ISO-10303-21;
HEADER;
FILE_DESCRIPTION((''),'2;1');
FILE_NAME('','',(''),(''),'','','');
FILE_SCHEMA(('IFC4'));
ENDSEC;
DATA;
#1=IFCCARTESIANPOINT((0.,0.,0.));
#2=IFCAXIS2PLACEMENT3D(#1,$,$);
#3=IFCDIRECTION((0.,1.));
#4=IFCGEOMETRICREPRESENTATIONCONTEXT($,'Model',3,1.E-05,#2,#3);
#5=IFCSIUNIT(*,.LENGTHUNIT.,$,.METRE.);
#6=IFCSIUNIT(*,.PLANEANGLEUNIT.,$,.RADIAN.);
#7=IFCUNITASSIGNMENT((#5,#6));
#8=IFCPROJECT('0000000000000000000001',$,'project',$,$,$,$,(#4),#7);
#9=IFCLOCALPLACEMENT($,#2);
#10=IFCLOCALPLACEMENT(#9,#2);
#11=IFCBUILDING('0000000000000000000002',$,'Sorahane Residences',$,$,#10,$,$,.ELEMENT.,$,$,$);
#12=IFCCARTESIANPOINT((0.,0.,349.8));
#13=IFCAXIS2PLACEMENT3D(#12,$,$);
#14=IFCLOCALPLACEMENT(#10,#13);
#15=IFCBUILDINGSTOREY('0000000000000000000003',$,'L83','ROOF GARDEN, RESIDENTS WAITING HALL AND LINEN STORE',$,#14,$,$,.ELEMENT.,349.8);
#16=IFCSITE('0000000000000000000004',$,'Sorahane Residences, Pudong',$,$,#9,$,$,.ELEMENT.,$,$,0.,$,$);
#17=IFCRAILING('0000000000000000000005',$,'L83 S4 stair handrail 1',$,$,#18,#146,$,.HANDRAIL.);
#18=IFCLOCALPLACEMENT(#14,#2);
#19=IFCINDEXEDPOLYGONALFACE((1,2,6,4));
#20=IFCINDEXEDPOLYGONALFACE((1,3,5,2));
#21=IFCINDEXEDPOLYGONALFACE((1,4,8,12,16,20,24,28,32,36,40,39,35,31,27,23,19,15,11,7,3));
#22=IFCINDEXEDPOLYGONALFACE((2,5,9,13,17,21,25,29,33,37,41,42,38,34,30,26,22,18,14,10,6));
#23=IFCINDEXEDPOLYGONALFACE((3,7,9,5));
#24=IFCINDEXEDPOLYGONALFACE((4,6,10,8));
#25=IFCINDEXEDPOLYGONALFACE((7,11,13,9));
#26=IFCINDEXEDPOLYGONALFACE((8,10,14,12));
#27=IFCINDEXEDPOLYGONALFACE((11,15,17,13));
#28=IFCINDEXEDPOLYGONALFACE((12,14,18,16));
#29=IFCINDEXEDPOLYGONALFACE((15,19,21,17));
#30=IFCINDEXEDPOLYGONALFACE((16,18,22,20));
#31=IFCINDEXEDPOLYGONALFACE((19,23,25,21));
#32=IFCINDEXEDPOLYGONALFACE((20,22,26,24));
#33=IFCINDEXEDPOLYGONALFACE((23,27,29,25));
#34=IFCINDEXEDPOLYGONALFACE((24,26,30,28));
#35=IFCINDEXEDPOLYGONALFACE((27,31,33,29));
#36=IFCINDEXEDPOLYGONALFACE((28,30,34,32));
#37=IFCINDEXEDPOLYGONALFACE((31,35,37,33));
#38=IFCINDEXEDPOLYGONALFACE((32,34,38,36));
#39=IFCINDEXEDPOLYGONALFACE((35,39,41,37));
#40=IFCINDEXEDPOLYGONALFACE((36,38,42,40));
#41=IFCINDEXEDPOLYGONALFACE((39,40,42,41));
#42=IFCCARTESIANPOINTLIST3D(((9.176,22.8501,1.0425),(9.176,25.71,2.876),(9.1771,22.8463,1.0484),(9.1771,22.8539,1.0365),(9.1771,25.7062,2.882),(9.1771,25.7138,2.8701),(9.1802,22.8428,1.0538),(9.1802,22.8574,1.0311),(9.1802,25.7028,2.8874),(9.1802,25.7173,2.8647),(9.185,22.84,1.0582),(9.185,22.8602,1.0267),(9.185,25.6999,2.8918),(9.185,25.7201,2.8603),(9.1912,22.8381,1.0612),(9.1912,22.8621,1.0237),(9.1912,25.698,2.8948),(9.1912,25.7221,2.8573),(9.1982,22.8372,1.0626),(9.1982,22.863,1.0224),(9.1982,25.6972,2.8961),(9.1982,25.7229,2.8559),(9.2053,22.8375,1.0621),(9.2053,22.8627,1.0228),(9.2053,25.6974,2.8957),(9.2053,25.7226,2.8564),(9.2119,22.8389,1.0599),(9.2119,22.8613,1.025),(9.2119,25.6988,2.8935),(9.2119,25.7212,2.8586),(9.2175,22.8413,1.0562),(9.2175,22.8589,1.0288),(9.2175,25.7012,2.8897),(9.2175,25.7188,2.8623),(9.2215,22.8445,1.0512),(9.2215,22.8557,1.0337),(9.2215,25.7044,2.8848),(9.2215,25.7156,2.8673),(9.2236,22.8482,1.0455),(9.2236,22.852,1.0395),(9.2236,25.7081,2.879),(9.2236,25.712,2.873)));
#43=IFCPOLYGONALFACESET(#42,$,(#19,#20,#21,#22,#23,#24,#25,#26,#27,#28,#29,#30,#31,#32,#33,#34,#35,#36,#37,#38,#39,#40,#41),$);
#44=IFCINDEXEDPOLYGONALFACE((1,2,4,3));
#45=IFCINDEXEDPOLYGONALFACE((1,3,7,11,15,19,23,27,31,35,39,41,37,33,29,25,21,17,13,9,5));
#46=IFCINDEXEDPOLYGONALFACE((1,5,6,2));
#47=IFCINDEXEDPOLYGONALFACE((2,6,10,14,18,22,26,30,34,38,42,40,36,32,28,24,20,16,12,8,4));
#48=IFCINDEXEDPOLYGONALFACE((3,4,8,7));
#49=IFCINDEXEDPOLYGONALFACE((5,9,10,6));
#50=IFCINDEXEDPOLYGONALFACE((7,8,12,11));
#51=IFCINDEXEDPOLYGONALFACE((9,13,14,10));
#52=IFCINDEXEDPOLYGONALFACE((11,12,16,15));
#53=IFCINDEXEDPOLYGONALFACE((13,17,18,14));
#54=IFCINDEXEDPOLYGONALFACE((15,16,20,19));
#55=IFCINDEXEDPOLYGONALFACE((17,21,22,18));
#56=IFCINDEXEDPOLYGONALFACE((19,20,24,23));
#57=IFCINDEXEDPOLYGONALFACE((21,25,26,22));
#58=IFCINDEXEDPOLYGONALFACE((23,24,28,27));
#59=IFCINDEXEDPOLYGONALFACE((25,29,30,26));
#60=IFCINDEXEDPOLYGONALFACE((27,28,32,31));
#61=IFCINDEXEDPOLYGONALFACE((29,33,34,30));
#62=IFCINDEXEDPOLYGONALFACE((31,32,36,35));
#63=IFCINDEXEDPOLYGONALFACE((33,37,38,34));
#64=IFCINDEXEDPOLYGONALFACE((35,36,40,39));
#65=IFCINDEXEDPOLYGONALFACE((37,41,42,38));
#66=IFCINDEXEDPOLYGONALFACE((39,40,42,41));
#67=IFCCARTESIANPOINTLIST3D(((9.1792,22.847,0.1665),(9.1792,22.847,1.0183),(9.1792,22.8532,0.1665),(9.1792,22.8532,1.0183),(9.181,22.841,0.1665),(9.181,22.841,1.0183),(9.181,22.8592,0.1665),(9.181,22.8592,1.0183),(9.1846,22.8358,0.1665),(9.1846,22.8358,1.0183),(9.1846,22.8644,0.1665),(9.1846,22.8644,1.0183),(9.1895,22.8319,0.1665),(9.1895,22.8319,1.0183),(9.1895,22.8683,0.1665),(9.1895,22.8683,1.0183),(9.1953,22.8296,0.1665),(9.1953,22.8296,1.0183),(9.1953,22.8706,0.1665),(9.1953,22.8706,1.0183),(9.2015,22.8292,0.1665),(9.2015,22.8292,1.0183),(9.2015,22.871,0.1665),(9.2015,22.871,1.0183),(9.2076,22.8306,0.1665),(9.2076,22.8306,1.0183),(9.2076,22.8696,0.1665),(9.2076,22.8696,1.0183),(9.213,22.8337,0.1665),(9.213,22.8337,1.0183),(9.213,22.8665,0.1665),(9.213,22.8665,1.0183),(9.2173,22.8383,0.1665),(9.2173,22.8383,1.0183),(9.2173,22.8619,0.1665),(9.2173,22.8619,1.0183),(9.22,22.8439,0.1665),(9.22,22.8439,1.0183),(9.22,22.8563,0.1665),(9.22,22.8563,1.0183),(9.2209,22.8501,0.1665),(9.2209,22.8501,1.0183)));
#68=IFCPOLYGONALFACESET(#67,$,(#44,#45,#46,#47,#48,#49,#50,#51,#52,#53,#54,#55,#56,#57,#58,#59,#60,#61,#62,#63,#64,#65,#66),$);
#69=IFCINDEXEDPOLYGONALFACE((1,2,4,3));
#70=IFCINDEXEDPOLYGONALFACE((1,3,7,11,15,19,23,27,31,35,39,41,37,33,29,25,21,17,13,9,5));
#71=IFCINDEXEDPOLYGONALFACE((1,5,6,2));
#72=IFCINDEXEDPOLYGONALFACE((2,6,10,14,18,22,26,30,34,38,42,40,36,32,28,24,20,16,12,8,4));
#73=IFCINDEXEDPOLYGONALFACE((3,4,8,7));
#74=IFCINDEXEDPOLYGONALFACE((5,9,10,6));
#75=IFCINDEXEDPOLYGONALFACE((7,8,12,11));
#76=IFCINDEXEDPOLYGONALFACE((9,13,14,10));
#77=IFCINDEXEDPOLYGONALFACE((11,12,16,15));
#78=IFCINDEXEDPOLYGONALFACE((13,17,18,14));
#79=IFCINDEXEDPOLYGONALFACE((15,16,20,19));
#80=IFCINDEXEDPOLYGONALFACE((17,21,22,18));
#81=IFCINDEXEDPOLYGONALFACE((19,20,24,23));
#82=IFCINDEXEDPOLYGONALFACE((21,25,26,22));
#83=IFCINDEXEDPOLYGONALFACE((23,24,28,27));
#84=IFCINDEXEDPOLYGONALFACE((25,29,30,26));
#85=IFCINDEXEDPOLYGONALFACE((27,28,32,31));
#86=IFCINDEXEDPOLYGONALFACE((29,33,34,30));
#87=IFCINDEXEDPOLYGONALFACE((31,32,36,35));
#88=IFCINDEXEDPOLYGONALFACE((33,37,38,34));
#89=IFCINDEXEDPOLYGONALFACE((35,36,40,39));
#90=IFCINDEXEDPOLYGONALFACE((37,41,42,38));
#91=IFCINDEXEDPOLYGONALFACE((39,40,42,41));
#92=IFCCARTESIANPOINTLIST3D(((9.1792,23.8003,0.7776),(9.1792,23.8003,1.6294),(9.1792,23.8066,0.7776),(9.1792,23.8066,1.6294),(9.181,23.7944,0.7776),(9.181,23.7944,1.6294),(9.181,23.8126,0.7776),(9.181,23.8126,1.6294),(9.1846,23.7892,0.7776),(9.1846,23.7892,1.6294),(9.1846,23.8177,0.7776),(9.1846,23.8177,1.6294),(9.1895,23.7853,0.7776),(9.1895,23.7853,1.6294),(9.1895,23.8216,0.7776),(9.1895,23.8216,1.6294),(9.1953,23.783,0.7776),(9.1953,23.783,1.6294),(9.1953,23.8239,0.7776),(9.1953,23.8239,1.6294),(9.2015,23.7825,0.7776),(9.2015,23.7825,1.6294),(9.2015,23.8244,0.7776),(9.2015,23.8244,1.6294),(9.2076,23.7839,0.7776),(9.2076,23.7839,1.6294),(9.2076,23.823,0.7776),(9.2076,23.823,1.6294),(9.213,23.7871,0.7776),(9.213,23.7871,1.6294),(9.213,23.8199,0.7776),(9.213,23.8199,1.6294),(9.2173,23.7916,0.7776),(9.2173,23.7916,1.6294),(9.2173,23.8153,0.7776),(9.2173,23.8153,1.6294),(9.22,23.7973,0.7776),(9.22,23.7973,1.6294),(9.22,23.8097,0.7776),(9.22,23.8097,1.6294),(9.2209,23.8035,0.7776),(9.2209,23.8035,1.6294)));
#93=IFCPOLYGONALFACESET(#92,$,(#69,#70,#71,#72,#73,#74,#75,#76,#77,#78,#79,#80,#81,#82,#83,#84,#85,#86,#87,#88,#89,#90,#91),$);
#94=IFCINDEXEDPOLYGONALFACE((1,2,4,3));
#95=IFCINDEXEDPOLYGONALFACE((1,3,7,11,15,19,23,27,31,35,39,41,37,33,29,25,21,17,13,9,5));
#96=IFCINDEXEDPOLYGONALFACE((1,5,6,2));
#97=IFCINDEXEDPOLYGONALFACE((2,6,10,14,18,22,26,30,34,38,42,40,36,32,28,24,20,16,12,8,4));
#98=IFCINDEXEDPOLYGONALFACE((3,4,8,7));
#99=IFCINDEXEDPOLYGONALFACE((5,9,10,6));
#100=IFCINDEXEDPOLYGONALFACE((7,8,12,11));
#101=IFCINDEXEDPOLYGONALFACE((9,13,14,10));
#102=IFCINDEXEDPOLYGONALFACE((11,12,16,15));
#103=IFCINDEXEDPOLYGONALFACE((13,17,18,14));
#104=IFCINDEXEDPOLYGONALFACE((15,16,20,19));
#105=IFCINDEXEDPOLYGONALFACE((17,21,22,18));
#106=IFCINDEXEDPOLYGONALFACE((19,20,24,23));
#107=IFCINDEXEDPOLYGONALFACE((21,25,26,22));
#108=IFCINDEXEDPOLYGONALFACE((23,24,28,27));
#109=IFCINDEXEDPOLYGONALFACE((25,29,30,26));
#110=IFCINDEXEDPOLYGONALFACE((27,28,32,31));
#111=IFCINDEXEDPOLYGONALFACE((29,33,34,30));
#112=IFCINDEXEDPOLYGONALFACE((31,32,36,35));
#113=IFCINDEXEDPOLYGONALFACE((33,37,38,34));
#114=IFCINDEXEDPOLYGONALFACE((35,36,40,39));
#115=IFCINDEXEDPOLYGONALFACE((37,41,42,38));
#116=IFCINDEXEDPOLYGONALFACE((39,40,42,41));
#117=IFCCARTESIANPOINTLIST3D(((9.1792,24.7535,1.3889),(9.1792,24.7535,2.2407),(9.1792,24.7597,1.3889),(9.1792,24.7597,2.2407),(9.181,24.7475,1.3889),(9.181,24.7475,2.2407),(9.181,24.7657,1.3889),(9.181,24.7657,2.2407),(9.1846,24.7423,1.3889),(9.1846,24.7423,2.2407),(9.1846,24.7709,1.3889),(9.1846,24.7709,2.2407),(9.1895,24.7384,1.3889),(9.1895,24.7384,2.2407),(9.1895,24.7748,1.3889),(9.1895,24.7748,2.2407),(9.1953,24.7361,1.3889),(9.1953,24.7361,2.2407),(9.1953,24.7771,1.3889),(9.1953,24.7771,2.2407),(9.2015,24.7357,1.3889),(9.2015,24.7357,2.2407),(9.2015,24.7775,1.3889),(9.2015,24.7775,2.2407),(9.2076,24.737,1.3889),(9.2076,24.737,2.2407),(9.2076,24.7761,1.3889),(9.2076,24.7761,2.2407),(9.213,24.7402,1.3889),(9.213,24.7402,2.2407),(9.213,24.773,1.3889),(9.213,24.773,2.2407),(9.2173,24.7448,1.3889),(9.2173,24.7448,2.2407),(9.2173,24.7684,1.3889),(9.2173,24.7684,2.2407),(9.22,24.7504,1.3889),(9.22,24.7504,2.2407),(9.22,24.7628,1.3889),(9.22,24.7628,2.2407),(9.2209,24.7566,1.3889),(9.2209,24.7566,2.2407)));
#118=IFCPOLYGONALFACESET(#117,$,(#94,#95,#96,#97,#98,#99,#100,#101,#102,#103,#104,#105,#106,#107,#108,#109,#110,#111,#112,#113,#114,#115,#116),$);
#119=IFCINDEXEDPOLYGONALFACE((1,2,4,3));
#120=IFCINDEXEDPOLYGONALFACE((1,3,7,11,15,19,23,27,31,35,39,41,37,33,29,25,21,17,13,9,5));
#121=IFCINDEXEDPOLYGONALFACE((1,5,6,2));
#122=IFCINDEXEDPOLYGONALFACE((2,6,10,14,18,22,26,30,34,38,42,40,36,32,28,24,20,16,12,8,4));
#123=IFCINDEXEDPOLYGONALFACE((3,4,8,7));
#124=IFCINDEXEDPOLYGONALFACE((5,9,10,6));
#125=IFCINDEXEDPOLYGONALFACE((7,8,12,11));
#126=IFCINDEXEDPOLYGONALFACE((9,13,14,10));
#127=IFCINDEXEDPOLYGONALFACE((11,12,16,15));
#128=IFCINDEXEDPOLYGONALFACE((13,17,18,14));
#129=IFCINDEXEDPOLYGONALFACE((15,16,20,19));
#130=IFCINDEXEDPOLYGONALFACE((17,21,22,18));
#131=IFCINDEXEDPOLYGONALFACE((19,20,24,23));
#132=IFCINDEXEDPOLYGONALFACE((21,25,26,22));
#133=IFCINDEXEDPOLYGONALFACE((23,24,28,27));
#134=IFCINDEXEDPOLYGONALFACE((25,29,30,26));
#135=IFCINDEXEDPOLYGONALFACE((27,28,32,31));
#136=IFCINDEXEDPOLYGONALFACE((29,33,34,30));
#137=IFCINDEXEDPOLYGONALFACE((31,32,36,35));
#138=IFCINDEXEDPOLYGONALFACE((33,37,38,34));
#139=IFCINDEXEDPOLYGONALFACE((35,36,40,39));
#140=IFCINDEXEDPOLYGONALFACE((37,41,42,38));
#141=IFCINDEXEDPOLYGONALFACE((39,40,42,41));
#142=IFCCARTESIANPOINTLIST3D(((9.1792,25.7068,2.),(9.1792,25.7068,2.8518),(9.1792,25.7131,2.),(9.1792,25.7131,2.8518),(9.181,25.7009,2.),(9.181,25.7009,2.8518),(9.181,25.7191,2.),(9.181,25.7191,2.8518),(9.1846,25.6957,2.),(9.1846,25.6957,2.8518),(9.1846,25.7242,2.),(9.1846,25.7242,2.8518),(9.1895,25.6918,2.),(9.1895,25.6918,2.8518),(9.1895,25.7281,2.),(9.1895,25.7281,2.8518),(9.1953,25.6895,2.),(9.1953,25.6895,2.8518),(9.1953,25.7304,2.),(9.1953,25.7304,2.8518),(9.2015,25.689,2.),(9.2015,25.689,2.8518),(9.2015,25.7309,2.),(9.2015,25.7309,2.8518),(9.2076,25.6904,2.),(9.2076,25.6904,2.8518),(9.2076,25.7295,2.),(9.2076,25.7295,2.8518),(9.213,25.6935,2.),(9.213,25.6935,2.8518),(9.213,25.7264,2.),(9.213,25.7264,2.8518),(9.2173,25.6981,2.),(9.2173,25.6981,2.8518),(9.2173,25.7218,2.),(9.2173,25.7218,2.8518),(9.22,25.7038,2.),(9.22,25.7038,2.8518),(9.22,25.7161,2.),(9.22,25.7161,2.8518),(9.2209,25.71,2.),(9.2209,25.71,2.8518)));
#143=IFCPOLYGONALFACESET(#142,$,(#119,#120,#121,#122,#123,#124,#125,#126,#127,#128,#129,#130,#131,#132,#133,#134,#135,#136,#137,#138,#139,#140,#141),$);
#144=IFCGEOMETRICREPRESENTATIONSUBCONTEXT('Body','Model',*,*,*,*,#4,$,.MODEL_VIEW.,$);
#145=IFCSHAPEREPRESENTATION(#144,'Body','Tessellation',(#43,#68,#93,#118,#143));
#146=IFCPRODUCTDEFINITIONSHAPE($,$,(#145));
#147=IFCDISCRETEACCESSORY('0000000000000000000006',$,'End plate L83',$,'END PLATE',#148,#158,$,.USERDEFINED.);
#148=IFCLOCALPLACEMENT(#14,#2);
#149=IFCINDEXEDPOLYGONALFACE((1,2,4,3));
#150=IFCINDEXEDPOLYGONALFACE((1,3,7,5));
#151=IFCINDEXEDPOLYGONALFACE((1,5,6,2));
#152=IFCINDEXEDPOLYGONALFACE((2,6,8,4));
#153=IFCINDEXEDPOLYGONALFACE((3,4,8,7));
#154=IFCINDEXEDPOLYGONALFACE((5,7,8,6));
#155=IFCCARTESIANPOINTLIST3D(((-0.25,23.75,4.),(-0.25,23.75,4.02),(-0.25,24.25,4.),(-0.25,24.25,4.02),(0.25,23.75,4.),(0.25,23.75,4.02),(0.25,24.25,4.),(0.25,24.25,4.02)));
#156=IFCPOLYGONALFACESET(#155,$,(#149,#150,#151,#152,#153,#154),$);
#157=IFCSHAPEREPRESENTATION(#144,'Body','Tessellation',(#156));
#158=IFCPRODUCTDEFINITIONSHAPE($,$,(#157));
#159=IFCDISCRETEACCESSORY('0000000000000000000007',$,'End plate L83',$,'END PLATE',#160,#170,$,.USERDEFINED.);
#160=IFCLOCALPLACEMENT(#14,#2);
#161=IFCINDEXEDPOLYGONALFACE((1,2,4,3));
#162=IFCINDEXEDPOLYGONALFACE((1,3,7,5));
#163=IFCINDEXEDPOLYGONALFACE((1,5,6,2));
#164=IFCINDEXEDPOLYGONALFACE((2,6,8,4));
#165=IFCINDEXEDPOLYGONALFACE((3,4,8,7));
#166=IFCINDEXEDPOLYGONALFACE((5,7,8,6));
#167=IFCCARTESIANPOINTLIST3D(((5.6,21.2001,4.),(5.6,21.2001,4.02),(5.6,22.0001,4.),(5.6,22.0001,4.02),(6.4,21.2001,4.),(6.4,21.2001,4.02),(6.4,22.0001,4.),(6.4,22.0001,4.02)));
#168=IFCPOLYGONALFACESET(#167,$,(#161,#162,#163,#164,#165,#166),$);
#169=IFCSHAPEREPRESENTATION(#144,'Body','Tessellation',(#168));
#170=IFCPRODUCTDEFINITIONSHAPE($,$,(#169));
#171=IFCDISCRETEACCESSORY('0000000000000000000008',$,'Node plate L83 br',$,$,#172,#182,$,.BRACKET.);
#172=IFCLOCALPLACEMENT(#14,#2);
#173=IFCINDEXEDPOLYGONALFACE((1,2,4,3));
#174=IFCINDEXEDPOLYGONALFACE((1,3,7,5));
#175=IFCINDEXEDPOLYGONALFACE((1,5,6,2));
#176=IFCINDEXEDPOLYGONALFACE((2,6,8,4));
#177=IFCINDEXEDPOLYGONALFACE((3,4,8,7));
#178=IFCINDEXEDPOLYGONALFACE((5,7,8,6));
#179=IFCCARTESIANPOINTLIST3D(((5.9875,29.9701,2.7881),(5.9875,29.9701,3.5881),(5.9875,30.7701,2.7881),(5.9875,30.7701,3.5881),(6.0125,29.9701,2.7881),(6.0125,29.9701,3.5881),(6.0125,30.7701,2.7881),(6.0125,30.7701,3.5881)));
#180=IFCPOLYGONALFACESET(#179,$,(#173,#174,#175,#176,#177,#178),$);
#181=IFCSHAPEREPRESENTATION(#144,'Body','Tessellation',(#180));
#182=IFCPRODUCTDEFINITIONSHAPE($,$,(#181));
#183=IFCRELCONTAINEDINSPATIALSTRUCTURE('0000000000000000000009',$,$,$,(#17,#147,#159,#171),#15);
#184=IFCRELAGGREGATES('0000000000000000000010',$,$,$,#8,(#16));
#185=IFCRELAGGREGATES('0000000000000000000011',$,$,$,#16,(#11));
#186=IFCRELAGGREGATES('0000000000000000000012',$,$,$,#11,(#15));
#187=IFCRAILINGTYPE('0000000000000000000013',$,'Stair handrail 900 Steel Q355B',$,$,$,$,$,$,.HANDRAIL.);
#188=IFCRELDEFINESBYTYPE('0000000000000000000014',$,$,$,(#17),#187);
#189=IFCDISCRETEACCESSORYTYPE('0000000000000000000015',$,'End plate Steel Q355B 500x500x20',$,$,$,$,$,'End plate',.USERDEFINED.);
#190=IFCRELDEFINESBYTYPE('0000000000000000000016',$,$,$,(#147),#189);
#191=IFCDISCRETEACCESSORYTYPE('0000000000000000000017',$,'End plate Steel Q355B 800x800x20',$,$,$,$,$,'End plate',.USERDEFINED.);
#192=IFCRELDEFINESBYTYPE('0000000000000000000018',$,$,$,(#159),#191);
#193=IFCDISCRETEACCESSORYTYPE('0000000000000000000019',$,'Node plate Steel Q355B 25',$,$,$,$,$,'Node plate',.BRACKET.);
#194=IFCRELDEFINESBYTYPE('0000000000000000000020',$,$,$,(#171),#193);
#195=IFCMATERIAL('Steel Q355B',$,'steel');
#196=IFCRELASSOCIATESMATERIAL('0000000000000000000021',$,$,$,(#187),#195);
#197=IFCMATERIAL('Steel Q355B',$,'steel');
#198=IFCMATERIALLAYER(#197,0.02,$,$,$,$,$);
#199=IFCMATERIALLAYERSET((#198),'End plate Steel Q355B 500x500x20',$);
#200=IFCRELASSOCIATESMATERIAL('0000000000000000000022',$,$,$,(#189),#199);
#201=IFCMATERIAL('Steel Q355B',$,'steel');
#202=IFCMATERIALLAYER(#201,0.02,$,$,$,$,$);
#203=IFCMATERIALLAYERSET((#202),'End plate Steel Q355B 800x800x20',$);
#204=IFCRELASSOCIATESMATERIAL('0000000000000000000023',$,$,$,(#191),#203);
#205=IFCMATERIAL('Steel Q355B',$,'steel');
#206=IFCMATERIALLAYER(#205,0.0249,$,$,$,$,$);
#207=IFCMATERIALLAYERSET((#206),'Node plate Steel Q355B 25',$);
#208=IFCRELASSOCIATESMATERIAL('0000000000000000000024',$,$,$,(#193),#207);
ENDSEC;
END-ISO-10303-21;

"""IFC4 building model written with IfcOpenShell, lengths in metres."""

from ifc_helpers import new_model, si_unit, direction, frame, origin, origin_2d, place, context, subcontext, project, spatial, rectangle, circle, extrude, material, layer, layer_set, type_object, element, save


model = new_model("IFC4")

# Units and contexts
model_context = context("Model", 3, precision=1e-05, world=origin(), true_north=direction((0.0, 1.0)))
body_context = subcontext(model_context, "Body", "Model", "MODEL_VIEW")
ifc_project = project(units=[si_unit("LENGTHUNIT", "METRE"), si_unit("PLANEANGLEUNIT", "RADIAN")], contexts=[model_context])

# Site, building, storey
site_placement = place(None, origin())
site = spatial("IfcSite", under=ifc_project, at=site_placement, Name="Sorahane Residences, Pudong", CompositionType="ELEMENT", RefElevation=0.0)
building_placement = place(site_placement, origin())
building = spatial("IfcBuilding", under=site, at=building_placement, Name="Sorahane Residences", CompositionType="ELEMENT")
storey_placement = place(building_placement, frame((0.0, 0.0, 349.8)))
storey = spatial("IfcBuildingStorey", under=building, at=storey_placement, Name="L83", Description="ROOF GARDEN, RESIDENTS WAITING HALL AND LINEN STORE", CompositionType="ELEMENT", Elevation=349.8)

# Railing
ifc_material_1 = material(Name="Steel Q355B", Category="steel")
railing_type_1 = type_object("IfcRailingType", Name="Stair handrail 900 Steel Q355B", PredefinedType="HANDRAIL", material=ifc_material_1)
railing_1_placement = place(storey_placement, frame((9.2, 22.8501, 0.1665)))
element("IfcRailing", 1, at=railing_1_placement, inside=storey, type_object=railing_type_1, Name="L83 S4 stair handrail 1", PredefinedType="HANDRAIL", context=body_context, shape_type="SweptSolid", body=[
    extrude(circle(Radius=0.0239, at=origin_2d()), frame((0.0, 0.0, 0.876), z_axis=(0.0, 0.841846, 0.539718), x_axis=(-1.0, 0.0, 0.0)), (0.0, 0.0, 1.0), 3.3972),
    extrude(circle(Radius=0.021, at=origin_2d()), origin(), (0.0, 0.0, 1.0), 0.8518),
    extrude(circle(Radius=0.021, at=origin_2d()), frame((0.0, 0.9534, 0.6111)), (0.0, 0.0, 1.0), 0.8518),
    extrude(circle(Radius=0.021, at=origin_2d()), frame((0.0, 1.9065, 1.2224)), (0.0, 0.0, 1.0), 0.8518),
    extrude(circle(Radius=0.021, at=origin_2d()), frame((0.0, 2.8599, 1.8335)), (0.0, 0.0, 1.0), 0.8518),
])

# Discrete accessories
ifc_material_2 = material(Name="Steel Q355B", Category="steel")
ifc_layer_1 = layer(ifc_material_2, 0.02)
ifc_layer_set_1 = layer_set([ifc_layer_1], Name="End plate Steel Q355B 500x500x20")
discrete_accessory_type_1 = type_object("IfcDiscreteAccessoryType", Name="End plate Steel Q355B 500x500x20", ElementType="End plate", PredefinedType="USERDEFINED", material=ifc_layer_set_1)
discrete_accessory_1_placement = place(storey_placement, frame((0.0, 24.0, 4.0), z_axis=(0.0, 0.0, 1.0), x_axis=(1.0, 0.0, 0.0)))
element("IfcDiscreteAccessory", 2, at=discrete_accessory_1_placement, inside=storey, type_object=discrete_accessory_type_1, Name="End plate L83", ObjectType="END PLATE", PredefinedType="USERDEFINED", context=body_context, shape_type="SweptSolid", body=[
    extrude(rectangle(XDim=0.5, YDim=0.5, at=origin_2d()), origin(), (0.0, 0.0, 1.0), 0.02),
])
ifc_material_3 = material(Name="Steel Q355B", Category="steel")
ifc_layer_2 = layer(ifc_material_3, 0.02)
ifc_layer_set_2 = layer_set([ifc_layer_2], Name="End plate Steel Q355B 800x800x20")
discrete_accessory_type_2 = type_object("IfcDiscreteAccessoryType", Name="End plate Steel Q355B 800x800x20", ElementType="End plate", PredefinedType="USERDEFINED", material=ifc_layer_set_2)
discrete_accessory_2_placement = place(storey_placement, frame((6.0, 21.6001, 4.0), z_axis=(0.0, 0.0, 1.0), x_axis=(1.0, 0.0, 0.0)))
element("IfcDiscreteAccessory", 3, at=discrete_accessory_2_placement, inside=storey, type_object=discrete_accessory_type_2, Name="End plate L83", ObjectType="END PLATE", PredefinedType="USERDEFINED", context=body_context, shape_type="SweptSolid", body=[
    extrude(rectangle(XDim=0.8, YDim=0.8, at=origin_2d()), origin(), (0.0, 0.0, 1.0), 0.02),
])
ifc_material_4 = material(Name="Steel Q355B", Category="steel")
ifc_layer_3 = layer(ifc_material_4, 0.0249)
ifc_layer_set_3 = layer_set([ifc_layer_3], Name="Node plate Steel Q355B 25")
discrete_accessory_type_3 = type_object("IfcDiscreteAccessoryType", Name="Node plate Steel Q355B 25", ElementType="Node plate", PredefinedType="BRACKET", material=ifc_layer_set_3)
discrete_accessory_3_placement = place(storey_placement, frame((6.0, 30.3701, 2.7881), z_axis=(0.0, 0.0, 1.0), x_axis=(0.0, 1.0, 0.0)))
element("IfcDiscreteAccessory", 4, at=discrete_accessory_3_placement, inside=storey, type_object=discrete_accessory_type_3, Name="Node plate L83 br", PredefinedType="BRACKET", context=body_context, shape_type="SweptSolid", body=[
    extrude(rectangle(XDim=0.8, YDim=0.0249, at=origin_2d()), origin(), (0.0, 0.0, 1.0), 0.8),
])

save(model, "model.ifc")
